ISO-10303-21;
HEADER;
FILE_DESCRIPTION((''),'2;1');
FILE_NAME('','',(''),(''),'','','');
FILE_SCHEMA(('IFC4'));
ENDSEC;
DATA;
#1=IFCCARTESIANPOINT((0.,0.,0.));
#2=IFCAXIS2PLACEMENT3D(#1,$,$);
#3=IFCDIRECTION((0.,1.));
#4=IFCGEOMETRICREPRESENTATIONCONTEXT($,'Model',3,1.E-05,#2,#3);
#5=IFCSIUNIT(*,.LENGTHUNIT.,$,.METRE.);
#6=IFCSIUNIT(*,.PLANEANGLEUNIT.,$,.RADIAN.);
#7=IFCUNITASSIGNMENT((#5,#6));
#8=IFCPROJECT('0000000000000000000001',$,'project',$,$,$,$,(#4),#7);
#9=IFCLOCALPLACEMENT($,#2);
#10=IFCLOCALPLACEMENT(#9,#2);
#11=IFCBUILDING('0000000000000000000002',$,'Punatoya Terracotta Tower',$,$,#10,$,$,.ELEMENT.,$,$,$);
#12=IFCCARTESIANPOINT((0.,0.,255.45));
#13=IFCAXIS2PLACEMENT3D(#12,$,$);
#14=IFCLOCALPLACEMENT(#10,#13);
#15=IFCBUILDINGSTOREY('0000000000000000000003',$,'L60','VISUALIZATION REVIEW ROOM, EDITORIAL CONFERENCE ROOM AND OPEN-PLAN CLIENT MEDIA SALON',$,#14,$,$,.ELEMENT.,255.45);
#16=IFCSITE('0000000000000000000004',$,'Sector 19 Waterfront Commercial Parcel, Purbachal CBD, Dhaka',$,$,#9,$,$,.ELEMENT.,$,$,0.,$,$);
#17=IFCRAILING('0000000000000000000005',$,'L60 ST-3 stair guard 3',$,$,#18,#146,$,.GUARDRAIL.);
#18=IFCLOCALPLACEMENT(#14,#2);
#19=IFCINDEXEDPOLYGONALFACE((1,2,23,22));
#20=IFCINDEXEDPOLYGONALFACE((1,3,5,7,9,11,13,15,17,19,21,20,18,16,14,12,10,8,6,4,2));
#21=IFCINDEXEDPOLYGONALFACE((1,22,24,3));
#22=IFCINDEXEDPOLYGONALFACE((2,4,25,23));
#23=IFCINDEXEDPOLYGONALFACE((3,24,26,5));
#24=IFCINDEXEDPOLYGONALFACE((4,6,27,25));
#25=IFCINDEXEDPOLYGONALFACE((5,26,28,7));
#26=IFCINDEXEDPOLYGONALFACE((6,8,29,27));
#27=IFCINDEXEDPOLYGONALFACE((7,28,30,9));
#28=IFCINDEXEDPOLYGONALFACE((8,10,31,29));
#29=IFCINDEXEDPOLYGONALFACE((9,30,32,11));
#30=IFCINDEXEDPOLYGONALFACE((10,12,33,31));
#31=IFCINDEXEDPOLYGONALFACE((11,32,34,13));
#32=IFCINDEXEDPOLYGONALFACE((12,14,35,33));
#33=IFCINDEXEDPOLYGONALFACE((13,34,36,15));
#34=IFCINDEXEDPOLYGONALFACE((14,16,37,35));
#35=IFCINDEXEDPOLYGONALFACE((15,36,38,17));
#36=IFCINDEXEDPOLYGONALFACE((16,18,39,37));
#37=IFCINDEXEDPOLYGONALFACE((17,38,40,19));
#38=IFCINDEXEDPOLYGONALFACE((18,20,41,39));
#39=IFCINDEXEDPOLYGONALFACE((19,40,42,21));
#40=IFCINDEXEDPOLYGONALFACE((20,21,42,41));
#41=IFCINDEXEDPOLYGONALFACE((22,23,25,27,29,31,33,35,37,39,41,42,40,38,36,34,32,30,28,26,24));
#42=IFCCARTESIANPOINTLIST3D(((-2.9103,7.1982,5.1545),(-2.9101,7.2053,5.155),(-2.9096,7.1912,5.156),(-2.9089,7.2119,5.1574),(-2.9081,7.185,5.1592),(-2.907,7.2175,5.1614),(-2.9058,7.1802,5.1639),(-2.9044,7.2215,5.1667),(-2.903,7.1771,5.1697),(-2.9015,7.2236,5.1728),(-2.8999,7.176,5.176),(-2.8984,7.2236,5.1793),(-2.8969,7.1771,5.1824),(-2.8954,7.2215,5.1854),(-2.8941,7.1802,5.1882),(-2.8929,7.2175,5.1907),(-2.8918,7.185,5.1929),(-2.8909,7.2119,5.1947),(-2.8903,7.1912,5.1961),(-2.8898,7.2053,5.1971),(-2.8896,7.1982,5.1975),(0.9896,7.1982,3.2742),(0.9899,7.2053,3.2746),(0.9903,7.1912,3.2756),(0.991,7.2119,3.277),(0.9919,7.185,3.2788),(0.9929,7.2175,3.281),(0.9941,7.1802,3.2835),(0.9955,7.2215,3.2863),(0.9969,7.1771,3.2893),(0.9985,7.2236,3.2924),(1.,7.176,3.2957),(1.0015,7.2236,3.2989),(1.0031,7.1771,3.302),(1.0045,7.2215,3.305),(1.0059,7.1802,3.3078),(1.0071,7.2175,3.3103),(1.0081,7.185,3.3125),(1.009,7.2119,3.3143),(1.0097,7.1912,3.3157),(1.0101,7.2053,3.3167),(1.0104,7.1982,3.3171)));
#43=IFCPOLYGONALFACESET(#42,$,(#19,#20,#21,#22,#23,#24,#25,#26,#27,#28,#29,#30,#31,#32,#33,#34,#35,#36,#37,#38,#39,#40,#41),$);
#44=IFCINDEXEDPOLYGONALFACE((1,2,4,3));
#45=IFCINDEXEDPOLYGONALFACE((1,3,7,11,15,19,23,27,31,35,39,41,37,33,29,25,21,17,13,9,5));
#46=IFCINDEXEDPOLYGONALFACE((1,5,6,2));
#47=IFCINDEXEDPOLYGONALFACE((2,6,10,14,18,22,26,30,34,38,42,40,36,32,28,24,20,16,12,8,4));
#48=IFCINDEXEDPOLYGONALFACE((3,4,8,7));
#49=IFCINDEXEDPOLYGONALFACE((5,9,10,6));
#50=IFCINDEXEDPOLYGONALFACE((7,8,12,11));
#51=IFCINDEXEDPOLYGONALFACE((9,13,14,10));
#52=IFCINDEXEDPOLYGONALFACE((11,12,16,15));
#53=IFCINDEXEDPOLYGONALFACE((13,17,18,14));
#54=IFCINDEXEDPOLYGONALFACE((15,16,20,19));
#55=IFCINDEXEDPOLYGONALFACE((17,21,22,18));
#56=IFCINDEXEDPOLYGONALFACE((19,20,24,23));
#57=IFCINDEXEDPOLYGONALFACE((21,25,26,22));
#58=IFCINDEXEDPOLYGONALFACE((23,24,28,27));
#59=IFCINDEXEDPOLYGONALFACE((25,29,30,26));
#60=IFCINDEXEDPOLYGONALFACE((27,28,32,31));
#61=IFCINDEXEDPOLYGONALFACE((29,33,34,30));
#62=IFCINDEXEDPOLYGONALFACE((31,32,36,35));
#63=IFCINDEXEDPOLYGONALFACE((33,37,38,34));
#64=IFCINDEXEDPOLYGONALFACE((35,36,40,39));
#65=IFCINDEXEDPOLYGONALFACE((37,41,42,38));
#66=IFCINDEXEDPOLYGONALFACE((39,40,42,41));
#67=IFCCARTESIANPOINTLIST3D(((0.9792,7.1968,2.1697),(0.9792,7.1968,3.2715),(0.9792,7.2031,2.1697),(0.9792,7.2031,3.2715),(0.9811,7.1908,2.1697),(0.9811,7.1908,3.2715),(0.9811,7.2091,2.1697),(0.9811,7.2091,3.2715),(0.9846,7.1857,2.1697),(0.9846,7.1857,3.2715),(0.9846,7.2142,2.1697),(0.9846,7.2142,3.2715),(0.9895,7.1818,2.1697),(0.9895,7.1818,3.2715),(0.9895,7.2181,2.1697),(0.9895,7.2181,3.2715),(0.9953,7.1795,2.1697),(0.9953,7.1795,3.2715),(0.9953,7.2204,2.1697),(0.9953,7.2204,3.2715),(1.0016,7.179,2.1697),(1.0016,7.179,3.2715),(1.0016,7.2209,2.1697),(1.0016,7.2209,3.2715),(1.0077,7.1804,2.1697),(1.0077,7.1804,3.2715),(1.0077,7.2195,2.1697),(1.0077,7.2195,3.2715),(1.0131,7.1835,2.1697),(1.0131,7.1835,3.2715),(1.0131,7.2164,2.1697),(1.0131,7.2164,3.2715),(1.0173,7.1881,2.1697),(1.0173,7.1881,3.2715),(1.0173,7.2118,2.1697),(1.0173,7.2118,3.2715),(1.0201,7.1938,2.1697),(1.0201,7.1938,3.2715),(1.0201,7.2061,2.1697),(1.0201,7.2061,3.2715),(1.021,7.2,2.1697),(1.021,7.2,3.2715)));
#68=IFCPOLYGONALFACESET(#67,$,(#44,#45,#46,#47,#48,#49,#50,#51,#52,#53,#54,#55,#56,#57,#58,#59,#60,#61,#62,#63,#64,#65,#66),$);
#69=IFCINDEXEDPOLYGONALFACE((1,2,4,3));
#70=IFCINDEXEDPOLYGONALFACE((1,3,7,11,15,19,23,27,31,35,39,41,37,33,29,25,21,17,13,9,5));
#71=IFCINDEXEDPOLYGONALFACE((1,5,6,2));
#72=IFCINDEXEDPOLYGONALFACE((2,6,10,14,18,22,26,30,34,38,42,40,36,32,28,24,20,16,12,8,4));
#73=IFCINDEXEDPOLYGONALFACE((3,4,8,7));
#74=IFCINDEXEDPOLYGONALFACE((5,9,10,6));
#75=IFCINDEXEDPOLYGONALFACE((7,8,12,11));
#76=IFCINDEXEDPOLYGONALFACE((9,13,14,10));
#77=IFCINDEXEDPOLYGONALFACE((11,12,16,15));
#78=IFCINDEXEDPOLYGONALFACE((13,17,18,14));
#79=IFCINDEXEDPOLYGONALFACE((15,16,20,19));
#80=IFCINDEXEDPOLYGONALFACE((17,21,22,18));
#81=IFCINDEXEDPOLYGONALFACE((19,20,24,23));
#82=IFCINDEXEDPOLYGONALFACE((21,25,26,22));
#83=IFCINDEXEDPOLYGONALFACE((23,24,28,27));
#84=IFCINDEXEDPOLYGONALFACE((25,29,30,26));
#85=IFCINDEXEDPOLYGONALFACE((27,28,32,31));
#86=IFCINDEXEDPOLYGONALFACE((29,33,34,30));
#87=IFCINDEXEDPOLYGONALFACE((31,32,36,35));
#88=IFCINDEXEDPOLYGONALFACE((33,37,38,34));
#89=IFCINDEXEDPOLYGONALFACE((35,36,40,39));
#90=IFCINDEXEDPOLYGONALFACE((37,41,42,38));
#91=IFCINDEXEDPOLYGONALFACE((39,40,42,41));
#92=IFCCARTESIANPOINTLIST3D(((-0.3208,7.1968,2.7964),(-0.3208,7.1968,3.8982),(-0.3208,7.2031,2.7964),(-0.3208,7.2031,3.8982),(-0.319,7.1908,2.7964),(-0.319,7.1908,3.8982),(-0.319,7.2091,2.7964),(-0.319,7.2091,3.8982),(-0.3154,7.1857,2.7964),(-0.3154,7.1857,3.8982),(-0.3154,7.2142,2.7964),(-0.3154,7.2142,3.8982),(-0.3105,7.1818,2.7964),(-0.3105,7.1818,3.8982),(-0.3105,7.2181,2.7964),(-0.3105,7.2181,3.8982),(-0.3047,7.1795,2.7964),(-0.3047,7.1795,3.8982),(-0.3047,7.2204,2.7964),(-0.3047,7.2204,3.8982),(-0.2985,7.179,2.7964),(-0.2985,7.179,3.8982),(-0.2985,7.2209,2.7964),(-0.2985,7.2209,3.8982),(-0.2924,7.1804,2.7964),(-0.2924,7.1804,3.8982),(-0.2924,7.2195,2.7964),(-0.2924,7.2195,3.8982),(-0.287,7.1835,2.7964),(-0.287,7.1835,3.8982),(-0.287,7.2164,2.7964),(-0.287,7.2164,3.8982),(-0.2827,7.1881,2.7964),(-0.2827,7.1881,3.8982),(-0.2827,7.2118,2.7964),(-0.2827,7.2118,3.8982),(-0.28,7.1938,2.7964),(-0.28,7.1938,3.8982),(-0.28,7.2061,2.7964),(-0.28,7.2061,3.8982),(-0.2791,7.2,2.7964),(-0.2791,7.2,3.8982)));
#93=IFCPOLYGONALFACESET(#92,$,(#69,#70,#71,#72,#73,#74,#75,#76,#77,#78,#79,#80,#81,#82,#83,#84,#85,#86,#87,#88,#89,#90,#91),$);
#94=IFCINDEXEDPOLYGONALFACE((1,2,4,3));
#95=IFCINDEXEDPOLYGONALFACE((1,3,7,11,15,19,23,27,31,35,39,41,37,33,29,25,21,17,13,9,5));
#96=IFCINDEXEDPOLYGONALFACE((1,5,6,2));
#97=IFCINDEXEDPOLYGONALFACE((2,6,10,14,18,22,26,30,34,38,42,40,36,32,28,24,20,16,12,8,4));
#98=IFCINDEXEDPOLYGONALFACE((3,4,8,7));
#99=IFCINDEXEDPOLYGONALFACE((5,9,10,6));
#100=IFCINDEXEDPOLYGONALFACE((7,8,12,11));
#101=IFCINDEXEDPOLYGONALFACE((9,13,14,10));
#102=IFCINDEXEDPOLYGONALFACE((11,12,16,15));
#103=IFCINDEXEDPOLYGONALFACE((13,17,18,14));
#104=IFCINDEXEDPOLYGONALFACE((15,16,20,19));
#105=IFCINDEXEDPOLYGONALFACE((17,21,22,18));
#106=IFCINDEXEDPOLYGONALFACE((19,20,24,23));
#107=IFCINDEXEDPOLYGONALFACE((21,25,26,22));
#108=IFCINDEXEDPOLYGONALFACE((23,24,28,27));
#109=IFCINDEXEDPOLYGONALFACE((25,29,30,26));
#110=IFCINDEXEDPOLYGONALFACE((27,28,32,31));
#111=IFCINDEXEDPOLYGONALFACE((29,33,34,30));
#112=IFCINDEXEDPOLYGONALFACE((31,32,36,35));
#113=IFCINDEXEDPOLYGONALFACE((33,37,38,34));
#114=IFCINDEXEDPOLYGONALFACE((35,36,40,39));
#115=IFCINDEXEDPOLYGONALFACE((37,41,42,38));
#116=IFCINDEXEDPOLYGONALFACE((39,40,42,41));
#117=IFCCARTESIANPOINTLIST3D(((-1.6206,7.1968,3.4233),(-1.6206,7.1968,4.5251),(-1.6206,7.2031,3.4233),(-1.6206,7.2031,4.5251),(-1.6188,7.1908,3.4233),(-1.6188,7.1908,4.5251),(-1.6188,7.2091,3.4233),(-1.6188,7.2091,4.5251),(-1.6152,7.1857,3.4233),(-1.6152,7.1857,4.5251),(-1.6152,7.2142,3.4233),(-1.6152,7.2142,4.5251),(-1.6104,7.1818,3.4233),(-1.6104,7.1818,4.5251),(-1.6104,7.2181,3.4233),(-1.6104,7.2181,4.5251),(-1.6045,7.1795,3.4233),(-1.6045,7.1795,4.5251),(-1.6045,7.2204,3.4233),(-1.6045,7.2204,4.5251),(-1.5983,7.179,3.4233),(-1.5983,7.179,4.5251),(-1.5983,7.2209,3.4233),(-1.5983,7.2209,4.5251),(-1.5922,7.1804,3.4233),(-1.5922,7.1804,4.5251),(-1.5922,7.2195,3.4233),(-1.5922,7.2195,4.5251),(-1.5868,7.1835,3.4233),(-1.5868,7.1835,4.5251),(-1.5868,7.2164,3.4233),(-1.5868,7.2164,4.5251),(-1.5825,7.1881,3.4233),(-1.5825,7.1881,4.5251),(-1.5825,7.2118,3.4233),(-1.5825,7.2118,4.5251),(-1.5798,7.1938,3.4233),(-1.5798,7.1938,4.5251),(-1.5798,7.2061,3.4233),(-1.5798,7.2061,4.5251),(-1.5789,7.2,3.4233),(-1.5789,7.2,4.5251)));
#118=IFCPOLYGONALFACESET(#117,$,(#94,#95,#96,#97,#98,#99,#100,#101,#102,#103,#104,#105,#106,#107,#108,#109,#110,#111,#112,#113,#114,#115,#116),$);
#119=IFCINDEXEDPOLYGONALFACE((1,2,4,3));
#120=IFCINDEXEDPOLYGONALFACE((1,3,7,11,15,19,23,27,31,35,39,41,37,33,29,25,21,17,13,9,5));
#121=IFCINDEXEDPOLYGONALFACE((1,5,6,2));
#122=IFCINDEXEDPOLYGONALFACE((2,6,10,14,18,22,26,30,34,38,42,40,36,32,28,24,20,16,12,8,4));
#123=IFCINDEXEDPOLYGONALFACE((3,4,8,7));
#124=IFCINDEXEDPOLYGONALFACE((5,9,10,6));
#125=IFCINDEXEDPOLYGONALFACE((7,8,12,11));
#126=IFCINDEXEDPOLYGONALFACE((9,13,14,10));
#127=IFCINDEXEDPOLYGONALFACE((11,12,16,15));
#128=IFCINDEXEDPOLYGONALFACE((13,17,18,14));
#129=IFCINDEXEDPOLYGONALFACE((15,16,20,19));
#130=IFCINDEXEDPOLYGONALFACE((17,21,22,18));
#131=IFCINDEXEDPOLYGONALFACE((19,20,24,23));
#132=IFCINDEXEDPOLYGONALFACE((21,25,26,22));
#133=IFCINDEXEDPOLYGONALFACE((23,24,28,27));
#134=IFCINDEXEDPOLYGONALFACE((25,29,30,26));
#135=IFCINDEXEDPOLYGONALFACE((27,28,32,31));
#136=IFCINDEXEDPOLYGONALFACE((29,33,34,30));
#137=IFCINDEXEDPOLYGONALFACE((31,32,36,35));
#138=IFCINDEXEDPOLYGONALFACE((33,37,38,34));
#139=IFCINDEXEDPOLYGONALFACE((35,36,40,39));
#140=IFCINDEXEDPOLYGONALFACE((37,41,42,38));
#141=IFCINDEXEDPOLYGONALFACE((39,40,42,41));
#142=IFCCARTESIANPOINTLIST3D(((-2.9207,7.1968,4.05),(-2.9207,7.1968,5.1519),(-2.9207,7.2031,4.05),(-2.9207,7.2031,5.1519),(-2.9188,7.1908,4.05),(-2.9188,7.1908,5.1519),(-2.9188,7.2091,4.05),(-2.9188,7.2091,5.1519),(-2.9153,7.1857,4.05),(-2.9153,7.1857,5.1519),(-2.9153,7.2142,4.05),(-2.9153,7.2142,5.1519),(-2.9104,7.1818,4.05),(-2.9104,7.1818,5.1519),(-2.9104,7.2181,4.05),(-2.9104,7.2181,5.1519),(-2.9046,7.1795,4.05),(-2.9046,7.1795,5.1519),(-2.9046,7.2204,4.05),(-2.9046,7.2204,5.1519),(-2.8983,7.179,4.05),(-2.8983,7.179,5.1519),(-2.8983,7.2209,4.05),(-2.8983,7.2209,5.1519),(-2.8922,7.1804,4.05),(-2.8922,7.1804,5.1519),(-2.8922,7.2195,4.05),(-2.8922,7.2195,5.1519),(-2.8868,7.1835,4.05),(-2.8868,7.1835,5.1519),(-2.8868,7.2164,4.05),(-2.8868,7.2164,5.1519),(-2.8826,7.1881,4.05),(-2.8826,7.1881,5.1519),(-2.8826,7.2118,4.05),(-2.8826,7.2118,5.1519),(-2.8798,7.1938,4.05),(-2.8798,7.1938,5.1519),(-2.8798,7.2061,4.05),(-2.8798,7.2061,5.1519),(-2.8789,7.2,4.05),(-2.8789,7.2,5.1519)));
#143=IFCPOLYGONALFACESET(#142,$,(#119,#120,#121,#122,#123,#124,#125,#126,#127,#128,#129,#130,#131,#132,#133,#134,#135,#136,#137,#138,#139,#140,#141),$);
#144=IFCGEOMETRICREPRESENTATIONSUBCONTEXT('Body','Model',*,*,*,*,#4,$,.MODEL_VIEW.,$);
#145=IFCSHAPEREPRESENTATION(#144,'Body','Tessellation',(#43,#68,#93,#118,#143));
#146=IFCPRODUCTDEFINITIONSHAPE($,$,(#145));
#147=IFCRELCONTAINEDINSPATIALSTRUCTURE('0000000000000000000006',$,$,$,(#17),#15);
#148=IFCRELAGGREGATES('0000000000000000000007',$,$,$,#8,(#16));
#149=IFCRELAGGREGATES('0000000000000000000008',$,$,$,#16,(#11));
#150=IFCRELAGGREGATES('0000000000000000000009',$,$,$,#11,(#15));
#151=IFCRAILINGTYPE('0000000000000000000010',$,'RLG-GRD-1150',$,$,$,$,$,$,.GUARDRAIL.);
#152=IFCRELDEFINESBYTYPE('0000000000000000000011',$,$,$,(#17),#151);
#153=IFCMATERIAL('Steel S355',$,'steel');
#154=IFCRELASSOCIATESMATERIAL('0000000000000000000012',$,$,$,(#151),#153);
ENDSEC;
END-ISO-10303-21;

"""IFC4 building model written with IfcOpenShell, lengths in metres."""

from ifc_helpers import new_model, si_unit, direction, frame, origin, origin_2d, place, context, subcontext, project, spatial, circle, extrude, material, type_object, element, save


model = new_model("IFC4")

# Units and contexts
model_context = context("Model", 3, precision=1e-05, world=origin(), true_north=direction((0.0, 1.0)))
body_context = subcontext(model_context, "Body", "Model", "MODEL_VIEW")
ifc_project = project(units=[si_unit("LENGTHUNIT", "METRE"), si_unit("PLANEANGLEUNIT", "RADIAN")], contexts=[model_context])

# Site, building, storey
site_placement = place(None, origin())
site = spatial("IfcSite", under=ifc_project, at=site_placement, Name="Sector 19 Waterfront Commercial Parcel, Purbachal CBD, Dhaka", CompositionType="ELEMENT", RefElevation=0.0)
building_placement = place(site_placement, origin())
building = spatial("IfcBuilding", under=site, at=building_placement, Name="Punatoya Terracotta Tower", CompositionType="ELEMENT")
storey_placement = place(building_placement, frame((0.0, 0.0, 255.45)))
storey = spatial("IfcBuildingStorey", under=building, at=storey_placement, Name="L60", Description="VISUALIZATION REVIEW ROOM, EDITORIAL CONFERENCE ROOM AND OPEN-PLAN CLIENT MEDIA SALON", CompositionType="ELEMENT", Elevation=255.45)

# Shared definitions
ifc_material_1 = material(Name="Steel S355", Category="steel")

# Railing
railing_type_1 = type_object("IfcRailingType", Name="RLG-GRD-1150", PredefinedType="GUARDRAIL", material=ifc_material_1)
railing_1_placement = place(storey_placement, frame((1.0, 7.2, 2.1697)))
element("IfcRailing", 1, at=railing_1_placement, inside=storey, type_object=railing_type_1, Name="L60 ST-3 stair guard 3", PredefinedType="GUARDRAIL", context=body_context, shape_type="SweptSolid", body=[
    extrude(circle(Radius=0.0239, at=origin_2d()), frame((0.0, 0.0, 1.126), z_axis=(-0.900763, 0.0, 0.434311), x_axis=(0.0, -1.0, 0.0)), (0.0, 0.0, 1.0), 4.3296),
    extrude(circle(Radius=0.021, at=origin_2d()), origin(), (0.0, 0.0, 1.0), 1.1018),
    extrude(circle(Radius=0.021, at=origin_2d()), frame((-1.3, 0.0, 0.6267)), (0.0, 0.0, 1.0), 1.1018),
    extrude(circle(Radius=0.021, at=origin_2d()), frame((-2.5999, 0.0, 1.2537)), (0.0, 0.0, 1.0), 1.1018),
    extrude(circle(Radius=0.021, at=origin_2d()), frame((-3.8999, 0.0, 1.8804)), (0.0, 0.0, 1.0), 1.1018),
])

save(model, "model.ifc")
